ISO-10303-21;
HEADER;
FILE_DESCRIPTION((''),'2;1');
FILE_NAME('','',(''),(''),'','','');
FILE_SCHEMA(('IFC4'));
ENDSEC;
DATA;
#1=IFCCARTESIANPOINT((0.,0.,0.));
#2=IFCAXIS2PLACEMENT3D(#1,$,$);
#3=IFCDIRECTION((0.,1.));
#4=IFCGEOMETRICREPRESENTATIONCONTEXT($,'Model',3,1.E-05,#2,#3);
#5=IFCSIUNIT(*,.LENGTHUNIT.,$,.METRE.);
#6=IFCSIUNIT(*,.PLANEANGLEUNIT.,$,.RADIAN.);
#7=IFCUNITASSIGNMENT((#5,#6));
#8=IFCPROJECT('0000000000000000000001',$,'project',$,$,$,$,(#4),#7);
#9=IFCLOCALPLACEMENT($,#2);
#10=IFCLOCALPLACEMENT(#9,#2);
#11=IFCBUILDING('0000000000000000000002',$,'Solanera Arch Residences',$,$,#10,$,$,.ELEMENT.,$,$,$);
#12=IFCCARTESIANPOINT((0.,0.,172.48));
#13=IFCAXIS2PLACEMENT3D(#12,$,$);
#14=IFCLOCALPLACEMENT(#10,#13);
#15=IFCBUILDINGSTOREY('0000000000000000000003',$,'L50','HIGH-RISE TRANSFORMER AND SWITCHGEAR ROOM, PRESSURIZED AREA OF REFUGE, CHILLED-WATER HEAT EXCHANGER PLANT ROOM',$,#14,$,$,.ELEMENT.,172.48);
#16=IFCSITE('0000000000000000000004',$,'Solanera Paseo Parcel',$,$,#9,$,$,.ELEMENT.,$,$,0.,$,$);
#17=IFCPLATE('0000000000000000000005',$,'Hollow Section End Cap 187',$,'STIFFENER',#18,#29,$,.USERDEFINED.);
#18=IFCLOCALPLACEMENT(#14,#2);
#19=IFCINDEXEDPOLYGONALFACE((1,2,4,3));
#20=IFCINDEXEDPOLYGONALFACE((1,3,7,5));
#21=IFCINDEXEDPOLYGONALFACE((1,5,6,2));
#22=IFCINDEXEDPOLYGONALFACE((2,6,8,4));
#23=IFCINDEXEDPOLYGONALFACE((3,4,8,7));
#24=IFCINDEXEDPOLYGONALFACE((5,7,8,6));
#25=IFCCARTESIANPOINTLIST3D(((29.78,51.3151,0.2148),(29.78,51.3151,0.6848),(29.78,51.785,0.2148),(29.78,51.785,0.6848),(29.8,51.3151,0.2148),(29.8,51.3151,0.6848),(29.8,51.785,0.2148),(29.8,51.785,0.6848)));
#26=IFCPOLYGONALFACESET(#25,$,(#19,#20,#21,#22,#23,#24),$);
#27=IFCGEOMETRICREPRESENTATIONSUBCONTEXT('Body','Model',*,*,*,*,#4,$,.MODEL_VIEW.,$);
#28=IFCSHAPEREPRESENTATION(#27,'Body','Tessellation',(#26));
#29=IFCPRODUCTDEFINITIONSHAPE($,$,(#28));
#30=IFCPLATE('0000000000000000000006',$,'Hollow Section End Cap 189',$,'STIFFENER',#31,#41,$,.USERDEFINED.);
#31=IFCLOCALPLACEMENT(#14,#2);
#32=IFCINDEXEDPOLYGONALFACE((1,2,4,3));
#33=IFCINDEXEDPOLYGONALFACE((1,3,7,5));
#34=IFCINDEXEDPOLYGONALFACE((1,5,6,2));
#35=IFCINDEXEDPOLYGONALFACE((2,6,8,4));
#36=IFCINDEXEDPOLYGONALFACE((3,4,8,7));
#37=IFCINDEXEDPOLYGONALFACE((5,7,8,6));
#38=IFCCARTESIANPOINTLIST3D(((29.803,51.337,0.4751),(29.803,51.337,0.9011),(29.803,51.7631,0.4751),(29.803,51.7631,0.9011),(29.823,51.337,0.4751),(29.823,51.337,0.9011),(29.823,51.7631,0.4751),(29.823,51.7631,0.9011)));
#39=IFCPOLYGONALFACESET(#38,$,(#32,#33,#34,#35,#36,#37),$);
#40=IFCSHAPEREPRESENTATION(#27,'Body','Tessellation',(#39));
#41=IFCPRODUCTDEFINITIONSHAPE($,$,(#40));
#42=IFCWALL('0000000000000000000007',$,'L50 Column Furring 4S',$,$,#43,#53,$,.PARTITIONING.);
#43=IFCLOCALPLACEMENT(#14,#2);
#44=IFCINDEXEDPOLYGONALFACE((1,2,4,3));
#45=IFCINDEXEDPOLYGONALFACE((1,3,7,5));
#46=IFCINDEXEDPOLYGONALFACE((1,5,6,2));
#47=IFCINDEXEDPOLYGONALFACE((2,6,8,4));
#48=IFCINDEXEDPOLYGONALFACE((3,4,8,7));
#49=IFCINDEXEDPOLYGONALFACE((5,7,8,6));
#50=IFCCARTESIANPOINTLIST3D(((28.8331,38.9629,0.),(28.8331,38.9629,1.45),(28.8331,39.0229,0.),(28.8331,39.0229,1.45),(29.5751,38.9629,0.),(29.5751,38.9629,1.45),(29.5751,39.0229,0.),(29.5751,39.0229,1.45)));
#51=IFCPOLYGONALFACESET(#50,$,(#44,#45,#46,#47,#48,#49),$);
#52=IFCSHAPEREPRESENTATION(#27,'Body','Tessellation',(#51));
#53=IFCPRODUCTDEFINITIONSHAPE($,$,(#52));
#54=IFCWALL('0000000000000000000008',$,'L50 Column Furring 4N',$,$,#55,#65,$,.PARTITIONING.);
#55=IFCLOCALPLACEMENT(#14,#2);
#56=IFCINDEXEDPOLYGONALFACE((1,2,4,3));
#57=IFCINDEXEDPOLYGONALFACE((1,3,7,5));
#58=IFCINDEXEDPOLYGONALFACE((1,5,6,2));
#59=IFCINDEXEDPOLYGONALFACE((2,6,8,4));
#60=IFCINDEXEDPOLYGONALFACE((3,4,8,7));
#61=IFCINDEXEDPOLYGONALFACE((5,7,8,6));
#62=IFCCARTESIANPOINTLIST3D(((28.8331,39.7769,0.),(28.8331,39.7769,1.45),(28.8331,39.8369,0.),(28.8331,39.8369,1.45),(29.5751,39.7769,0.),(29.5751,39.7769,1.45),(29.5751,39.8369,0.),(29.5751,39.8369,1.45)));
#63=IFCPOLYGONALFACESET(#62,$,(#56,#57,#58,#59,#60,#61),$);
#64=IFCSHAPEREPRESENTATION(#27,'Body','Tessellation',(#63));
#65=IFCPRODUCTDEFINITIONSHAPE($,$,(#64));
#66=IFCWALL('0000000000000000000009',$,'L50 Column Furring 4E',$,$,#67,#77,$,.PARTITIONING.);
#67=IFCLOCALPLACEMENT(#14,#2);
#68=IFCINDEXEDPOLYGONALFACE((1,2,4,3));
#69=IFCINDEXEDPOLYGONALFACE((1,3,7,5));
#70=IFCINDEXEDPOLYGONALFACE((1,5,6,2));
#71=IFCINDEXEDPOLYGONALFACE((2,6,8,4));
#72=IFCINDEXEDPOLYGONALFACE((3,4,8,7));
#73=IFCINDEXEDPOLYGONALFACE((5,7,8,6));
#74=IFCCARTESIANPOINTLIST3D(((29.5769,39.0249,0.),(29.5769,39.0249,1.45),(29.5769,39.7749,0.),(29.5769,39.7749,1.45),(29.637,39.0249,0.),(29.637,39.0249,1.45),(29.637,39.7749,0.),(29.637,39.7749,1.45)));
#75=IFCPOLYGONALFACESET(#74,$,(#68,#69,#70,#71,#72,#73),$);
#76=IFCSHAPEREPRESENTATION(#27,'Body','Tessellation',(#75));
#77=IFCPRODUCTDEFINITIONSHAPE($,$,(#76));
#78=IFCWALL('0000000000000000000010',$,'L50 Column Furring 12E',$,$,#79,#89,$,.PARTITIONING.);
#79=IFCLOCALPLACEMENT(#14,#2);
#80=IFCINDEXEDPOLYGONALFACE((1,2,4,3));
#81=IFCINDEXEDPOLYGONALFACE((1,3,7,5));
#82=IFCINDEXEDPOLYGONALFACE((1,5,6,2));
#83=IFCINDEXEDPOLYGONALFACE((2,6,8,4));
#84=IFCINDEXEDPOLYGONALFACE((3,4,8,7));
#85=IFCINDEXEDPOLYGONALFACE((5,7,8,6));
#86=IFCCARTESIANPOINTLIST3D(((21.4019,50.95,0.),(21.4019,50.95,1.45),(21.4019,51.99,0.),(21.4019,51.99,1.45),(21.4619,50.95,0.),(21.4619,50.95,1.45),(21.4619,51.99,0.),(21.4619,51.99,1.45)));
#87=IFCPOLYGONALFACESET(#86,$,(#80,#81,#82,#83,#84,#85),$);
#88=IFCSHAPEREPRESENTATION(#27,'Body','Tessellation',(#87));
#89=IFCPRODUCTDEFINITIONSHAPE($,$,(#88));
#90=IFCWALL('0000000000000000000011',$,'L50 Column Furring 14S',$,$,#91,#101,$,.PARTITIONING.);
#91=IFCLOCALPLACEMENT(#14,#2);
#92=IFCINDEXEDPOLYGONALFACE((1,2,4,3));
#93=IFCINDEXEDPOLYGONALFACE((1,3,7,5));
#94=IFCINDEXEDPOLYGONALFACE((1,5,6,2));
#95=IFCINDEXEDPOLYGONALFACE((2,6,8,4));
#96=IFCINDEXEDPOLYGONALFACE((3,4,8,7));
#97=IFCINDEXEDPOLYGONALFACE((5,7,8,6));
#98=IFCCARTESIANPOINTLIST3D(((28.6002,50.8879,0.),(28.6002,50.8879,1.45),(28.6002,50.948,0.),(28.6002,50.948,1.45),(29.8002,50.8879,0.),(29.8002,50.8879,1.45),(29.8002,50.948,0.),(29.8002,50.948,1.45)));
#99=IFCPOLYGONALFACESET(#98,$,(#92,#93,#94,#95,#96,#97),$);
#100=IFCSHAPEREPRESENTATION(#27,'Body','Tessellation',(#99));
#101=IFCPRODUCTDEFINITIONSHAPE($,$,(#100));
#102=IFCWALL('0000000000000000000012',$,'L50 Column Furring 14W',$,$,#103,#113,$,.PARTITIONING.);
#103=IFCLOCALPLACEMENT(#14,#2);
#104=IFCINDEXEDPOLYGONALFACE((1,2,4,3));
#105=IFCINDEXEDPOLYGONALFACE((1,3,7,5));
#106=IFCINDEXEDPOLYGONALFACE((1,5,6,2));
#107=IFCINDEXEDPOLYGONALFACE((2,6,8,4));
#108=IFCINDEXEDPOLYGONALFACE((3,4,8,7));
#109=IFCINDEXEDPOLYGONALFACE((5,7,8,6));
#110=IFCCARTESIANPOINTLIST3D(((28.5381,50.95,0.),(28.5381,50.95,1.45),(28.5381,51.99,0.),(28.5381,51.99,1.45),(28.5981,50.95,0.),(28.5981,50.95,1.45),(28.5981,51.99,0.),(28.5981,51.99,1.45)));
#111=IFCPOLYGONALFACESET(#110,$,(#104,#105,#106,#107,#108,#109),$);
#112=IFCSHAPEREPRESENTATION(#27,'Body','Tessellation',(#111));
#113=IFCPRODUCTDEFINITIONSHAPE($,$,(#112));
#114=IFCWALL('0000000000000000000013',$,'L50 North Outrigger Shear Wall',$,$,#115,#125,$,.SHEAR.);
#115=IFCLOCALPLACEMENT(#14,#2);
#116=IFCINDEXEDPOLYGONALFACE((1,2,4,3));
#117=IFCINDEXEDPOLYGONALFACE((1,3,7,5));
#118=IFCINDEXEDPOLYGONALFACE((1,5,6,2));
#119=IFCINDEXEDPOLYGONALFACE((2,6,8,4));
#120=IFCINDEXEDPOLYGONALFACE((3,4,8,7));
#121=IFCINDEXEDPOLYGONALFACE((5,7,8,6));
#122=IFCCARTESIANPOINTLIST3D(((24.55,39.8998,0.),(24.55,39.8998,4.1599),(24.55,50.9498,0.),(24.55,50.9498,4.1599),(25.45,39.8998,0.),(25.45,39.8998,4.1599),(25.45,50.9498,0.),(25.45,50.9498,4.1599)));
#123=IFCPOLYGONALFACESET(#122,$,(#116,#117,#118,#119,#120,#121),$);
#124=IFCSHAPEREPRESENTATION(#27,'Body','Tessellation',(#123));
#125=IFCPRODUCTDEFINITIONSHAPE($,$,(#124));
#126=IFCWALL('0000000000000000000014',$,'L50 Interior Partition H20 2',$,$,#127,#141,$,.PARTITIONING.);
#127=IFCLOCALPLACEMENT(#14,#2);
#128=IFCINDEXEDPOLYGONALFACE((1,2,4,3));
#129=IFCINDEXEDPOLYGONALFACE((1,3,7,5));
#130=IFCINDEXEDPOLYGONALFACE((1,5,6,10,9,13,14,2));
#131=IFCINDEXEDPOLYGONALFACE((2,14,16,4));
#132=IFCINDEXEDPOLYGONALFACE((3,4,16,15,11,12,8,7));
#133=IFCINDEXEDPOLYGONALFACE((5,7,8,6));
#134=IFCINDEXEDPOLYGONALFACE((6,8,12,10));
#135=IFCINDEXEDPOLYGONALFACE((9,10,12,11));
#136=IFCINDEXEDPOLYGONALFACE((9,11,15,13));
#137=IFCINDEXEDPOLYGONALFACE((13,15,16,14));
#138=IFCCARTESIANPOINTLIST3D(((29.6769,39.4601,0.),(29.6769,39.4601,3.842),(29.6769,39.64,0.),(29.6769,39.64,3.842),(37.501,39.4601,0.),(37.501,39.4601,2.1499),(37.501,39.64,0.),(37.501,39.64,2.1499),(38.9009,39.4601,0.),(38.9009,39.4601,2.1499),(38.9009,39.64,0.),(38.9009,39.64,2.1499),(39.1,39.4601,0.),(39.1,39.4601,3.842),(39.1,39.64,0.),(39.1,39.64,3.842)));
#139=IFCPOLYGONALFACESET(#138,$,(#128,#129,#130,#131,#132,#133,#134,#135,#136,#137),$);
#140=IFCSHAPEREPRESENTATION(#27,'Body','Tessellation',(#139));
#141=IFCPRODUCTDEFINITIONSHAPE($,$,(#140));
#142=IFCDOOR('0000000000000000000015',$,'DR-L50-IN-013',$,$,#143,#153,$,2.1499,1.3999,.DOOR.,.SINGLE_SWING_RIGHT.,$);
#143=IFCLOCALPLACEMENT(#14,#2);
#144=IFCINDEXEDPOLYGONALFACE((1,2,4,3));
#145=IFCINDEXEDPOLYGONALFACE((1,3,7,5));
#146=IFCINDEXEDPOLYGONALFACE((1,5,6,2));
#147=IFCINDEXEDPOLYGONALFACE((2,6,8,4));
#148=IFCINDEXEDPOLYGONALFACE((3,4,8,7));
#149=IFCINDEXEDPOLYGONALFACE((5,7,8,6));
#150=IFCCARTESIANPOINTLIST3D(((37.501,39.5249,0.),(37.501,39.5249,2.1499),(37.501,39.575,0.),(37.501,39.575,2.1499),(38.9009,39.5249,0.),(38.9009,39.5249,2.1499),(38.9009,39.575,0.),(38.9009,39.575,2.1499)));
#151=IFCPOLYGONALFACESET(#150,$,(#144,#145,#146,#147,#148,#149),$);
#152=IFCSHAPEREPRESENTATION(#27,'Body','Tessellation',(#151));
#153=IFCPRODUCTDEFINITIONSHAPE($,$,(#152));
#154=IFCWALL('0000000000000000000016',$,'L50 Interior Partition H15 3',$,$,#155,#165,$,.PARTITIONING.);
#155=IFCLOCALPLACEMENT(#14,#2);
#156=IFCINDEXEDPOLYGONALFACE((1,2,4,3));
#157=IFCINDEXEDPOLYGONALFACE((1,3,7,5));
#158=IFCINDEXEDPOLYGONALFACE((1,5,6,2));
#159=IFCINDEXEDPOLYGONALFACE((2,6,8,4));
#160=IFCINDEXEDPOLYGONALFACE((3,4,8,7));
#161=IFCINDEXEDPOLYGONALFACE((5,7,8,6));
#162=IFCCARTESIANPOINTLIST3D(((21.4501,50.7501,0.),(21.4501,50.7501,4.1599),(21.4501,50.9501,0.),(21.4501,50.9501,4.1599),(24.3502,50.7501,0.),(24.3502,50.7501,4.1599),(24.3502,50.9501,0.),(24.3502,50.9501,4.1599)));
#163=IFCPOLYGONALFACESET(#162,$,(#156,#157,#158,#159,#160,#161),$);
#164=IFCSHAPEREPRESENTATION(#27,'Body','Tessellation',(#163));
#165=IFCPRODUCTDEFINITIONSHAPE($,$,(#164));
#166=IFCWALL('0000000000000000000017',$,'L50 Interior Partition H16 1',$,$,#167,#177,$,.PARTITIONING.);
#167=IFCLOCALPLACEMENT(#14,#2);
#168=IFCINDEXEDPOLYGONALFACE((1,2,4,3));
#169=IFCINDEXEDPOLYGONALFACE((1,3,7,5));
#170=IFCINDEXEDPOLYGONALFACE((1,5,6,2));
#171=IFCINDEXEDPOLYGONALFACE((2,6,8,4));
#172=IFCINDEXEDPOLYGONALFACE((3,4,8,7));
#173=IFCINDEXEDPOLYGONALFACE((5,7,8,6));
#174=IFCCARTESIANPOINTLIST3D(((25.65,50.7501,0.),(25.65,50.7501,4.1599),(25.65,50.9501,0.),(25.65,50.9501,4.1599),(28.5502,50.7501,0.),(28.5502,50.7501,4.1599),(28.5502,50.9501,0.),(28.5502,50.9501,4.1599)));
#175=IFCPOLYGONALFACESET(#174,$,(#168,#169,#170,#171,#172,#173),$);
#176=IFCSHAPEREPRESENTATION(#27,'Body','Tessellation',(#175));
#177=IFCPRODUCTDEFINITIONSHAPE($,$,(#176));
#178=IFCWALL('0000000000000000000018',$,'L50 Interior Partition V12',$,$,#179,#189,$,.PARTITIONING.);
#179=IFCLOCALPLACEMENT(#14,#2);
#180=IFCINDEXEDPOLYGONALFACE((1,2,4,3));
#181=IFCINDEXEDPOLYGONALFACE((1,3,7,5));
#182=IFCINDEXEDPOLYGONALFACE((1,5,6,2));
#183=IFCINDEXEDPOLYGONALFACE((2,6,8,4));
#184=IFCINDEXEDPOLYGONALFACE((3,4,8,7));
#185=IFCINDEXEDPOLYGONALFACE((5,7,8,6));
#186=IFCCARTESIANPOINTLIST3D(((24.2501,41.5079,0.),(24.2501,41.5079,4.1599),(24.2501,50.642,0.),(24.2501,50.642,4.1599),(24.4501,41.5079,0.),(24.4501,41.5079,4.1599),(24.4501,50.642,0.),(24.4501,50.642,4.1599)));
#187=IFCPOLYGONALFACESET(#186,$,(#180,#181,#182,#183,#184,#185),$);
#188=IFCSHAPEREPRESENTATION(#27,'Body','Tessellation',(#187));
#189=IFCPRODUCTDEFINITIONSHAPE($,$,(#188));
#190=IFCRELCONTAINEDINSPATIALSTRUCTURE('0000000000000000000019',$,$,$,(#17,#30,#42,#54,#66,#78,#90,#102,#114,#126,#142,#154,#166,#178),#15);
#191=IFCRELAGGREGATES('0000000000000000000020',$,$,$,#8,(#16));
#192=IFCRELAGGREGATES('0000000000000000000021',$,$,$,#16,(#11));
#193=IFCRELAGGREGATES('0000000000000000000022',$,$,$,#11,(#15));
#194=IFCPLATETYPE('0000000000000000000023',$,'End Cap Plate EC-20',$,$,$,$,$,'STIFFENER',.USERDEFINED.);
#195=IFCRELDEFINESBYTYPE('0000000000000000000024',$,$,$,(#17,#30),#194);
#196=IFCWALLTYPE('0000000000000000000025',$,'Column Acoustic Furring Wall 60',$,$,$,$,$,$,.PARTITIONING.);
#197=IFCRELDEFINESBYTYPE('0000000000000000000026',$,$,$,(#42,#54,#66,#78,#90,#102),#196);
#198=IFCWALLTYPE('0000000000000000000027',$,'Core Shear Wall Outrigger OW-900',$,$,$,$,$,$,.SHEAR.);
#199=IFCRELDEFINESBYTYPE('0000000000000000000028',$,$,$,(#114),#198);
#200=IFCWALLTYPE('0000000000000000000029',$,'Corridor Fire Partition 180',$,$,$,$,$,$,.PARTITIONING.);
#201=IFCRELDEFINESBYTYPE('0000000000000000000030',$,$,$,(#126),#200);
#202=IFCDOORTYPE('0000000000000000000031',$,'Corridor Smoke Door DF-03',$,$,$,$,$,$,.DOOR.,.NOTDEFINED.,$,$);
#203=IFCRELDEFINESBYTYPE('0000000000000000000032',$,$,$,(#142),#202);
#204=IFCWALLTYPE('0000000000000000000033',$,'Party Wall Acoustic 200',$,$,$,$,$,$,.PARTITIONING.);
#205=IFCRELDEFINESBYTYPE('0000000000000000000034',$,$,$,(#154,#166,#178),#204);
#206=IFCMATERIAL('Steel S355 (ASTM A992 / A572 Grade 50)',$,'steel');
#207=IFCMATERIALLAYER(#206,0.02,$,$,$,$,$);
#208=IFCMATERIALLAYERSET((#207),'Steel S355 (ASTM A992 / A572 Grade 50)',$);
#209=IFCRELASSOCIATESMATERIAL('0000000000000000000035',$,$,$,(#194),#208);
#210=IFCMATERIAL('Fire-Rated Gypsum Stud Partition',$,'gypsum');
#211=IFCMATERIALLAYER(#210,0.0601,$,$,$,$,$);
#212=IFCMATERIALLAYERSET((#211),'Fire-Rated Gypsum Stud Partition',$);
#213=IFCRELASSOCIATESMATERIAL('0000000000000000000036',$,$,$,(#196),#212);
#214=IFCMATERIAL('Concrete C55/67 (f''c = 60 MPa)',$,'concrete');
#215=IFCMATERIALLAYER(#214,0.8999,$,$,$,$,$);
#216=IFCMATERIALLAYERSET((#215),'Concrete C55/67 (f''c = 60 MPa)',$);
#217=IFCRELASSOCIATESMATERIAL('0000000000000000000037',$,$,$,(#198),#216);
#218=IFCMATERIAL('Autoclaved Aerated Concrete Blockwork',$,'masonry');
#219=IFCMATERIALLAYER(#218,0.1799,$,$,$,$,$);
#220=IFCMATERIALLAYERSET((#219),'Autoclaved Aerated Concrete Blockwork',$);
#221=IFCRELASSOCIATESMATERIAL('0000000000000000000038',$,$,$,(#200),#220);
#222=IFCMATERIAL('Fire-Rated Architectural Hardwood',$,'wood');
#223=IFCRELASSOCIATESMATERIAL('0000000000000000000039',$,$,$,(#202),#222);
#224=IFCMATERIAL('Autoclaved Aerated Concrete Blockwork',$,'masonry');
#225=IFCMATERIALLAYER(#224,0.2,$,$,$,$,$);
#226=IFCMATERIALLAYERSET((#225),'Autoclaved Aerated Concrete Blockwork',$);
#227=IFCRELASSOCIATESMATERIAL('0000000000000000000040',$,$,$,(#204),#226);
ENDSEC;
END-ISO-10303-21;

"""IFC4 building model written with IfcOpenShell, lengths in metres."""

from ifc_helpers import new_model, si_unit, direction, frame, frame_2d, origin, origin_2d, place, context, subcontext, project, spatial, rectangle, extrude, material, layer, layer_set, type_object, element, fill, save


model = new_model("IFC4")

# Units and contexts
model_context = context("Model", 3, precision=1e-05, world=origin(), true_north=direction((0.0, 1.0)))
body_context = subcontext(model_context, "Body", "Model", "MODEL_VIEW")
ifc_project = project(units=[si_unit("LENGTHUNIT", "METRE"), si_unit("PLANEANGLEUNIT", "RADIAN")], contexts=[model_context])

# Site, building, storey
site_placement = place(None, origin())
site = spatial("IfcSite", under=ifc_project, at=site_placement, Name="Solanera Paseo Parcel", CompositionType="ELEMENT", RefElevation=0.0)
building_placement = place(site_placement, origin())
building = spatial("IfcBuilding", under=site, at=building_placement, Name="Solanera Arch Residences", CompositionType="ELEMENT")
storey_placement = place(building_placement, frame((0.0, 0.0, 172.48)))
storey = spatial("IfcBuildingStorey", under=building, at=storey_placement, Name="L50", Description="HIGH-RISE TRANSFORMER AND SWITCHGEAR ROOM, PRESSURIZED AREA OF REFUGE, CHILLED-WATER HEAT EXCHANGER PLANT ROOM", CompositionType="ELEMENT", Elevation=172.48)

# Plates
ifc_material_1 = material(Name="Steel S355 (ASTM A992 / A572 Grade 50)", Category="steel")
ifc_layer_1 = layer(ifc_material_1, 0.02)
ifc_layer_set_1 = layer_set([ifc_layer_1], Name="Steel S355 (ASTM A992 / A572 Grade 50)")
plate_type = type_object("IfcPlateType", Name="End Cap Plate EC-20", ElementType="STIFFENER", PredefinedType="USERDEFINED", material=ifc_layer_set_1)
plate_1_placement = place(storey_placement, frame((29.79, 51.55, 0.2148), z_axis=(0.0, 0.0, 1.0), x_axis=(-1.0, 0.0, 0.0)))
element("IfcPlate", 1, at=plate_1_placement, inside=storey, type_object=plate_type, Name="Hollow Section End Cap 187", ObjectType="STIFFENER", PredefinedType="USERDEFINED", context=body_context, shape_type="SweptSolid", body=[
    extrude(rectangle(XDim=0.02, YDim=0.47, at=origin_2d()), origin(), (0.0, 0.0, 1.0), 0.47),
])
plate_2_placement = place(storey_placement, frame((29.813, 51.55, 0.4751), z_axis=(0.0, 0.0, 1.0), x_axis=(-1.0, 0.0, 0.0)))
element("IfcPlate", 2, at=plate_2_placement, inside=storey, type_object=plate_type, Name="Hollow Section End Cap 189", ObjectType="STIFFENER", PredefinedType="USERDEFINED", context=body_context, shape_type="SweptSolid", body=[
    extrude(rectangle(XDim=0.02, YDim=0.426, at=origin_2d()), origin(), (0.0, 0.0, 1.0), 0.426),
])

# Walls
ifc_material_2 = material(Name="Fire-Rated Gypsum Stud Partition", Category="gypsum")
ifc_layer_2 = layer(ifc_material_2, 0.0601)
ifc_layer_set_2 = layer_set([ifc_layer_2], Name="Fire-Rated Gypsum Stud Partition")
wall_type_1 = type_object("IfcWallType", Name="Column Acoustic Furring Wall 60", PredefinedType="PARTITIONING", material=ifc_layer_set_2)
for number, where, z_axis, x_axis, name in (
    (3, (28.833, 38.9929, 0.0), (0.0, 0.0, 1.0), (1.0, 0.0, 0.0), "L50 Column Furring 4S"),
    (4, (28.833, 39.8069, 0.0), (0.0, 0.0, 1.0), (1.0, 0.0, 0.0), "L50 Column Furring 4N"),
):
    element("IfcWall", number, at=place(storey_placement, frame(where, z_axis=z_axis, x_axis=x_axis)), inside=storey, type_object=wall_type_1, Name=name, PredefinedType="PARTITIONING", context=body_context, shape_type="SweptSolid", body=[
        extrude(rectangle(XDim=0.7419, YDim=0.0601, at=frame_2d((0.3711, 0.0))), origin(), (0.0, 0.0, 1.0), 1.45),
    ])
wall_1_placement = place(storey_placement, frame((29.6069, 39.0249, 0.0), z_axis=(0.0, 0.0, 1.0), x_axis=(0.0, 1.0, 0.0)))
element("IfcWall", 5, at=wall_1_placement, inside=storey, type_object=wall_type_1, Name="L50 Column Furring 4E", PredefinedType="PARTITIONING", context=body_context, shape_type="SweptSolid", body=[
    extrude(rectangle(XDim=0.75, YDim=0.0601, at=frame_2d((0.375, 0.0))), origin(), (0.0, 0.0, 1.0), 1.45),
])
wall_2_placement = place(storey_placement, frame((21.4319, 50.95, 0.0), z_axis=(0.0, 0.0, 1.0), x_axis=(0.0, 1.0, 0.0)))
element("IfcWall", 6, at=wall_2_placement, inside=storey, type_object=wall_type_1, Name="L50 Column Furring 12E", PredefinedType="PARTITIONING", context=body_context, shape_type="SweptSolid", body=[
    extrude(rectangle(XDim=1.04, YDim=0.0601, at=frame_2d((0.52, 0.0))), origin(), (0.0, 0.0, 1.0), 1.45),
])
wall_3_placement = place(storey_placement, frame((28.6001, 50.918, 0.0), z_axis=(0.0, 0.0, 1.0), x_axis=(1.0, 0.0, 0.0)))
element("IfcWall", 7, at=wall_3_placement, inside=storey, type_object=wall_type_1, Name="L50 Column Furring 14S", PredefinedType="PARTITIONING", context=body_context, shape_type="SweptSolid", body=[
    extrude(rectangle(XDim=1.2, YDim=0.0601, at=frame_2d((0.6001, 0.0))), origin(), (0.0, 0.0, 1.0), 1.45),
])
wall_4_placement = place(storey_placement, frame((28.5681, 50.95, 0.0), z_axis=(0.0, 0.0, 1.0), x_axis=(0.0, 1.0, 0.0)))
element("IfcWall", 8, at=wall_4_placement, inside=storey, type_object=wall_type_1, Name="L50 Column Furring 14W", PredefinedType="PARTITIONING", context=body_context, shape_type="SweptSolid", body=[
    extrude(rectangle(XDim=1.04, YDim=0.0601, at=frame_2d((0.52, 0.0))), origin(), (0.0, 0.0, 1.0), 1.45),
])
ifc_material_3 = material(Name="Concrete C55/67 (f'c = 60 MPa)", Category="concrete")
ifc_layer_3 = layer(ifc_material_3, 0.8999)
ifc_layer_set_3 = layer_set([ifc_layer_3], Name="Concrete C55/67 (f'c = 60 MPa)")
wall_type_2 = type_object("IfcWallType", Name="Core Shear Wall Outrigger OW-900", PredefinedType="SHEAR", material=ifc_layer_set_3)
wall_5_placement = place(storey_placement, frame((25.0, 39.8999, 0.0), z_axis=(0.0, 0.0, 1.0), x_axis=(0.0, 1.0, 0.0)))
element("IfcWall", 9, at=wall_5_placement, inside=storey, type_object=wall_type_2, Name="L50 North Outrigger Shear Wall", PredefinedType="SHEAR", context=body_context, shape_type="SweptSolid", body=[
    extrude(rectangle(XDim=11.05, YDim=0.8999, at=frame_2d((5.5249, 0.0))), origin(), (0.0, 0.0, 1.0), 4.1599),
])

# Wall, opening, door
ifc_material_4 = material(Name="Autoclaved Aerated Concrete Blockwork", Category="masonry")
ifc_layer_4 = layer(ifc_material_4, 0.1799)
ifc_layer_set_4 = layer_set([ifc_layer_4], Name="Autoclaved Aerated Concrete Blockwork")
wall_type_3 = type_object("IfcWallType", Name="Corridor Fire Partition 180", PredefinedType="PARTITIONING", material=ifc_layer_set_4)
wall_6_placement = place(storey_placement, frame((29.677, 39.55, 0.0), z_axis=(0.0, 0.0, 1.0), x_axis=(1.0, 0.0, 0.0)))
wall_6 = element("IfcWall", 10, at=wall_6_placement, inside=storey, type_object=wall_type_3, Name="L50 Interior Partition H20 2", PredefinedType="PARTITIONING", context=body_context, shape_type="SweptSolid", body=[
    extrude(rectangle(XDim=9.4231, YDim=0.1799, at=frame_2d((4.7114, 0.0))), origin(), (0.0, 0.0, 1.0), 3.842),
])
opening_placement = place(wall_6_placement, frame((7.824, 0.0, 0.0)))
opening = element("IfcOpeningElement", 11, at=opening_placement, cuts=wall_6, PredefinedType="OPENING", context=body_context, shape_type="SweptSolid", body=[
    extrude(rectangle(XDim=1.3999, YDim=2.1499, at=frame_2d((0.7, 1.075))), frame((0.0, 0.1001, 0.0), z_axis=(0.0, -1.0, 0.0), x_axis=(1.0, 0.0, 0.0)), (0.0, 0.0, 1.0), 0.1999),
])
ifc_material_5 = material(Name="Fire-Rated Architectural Hardwood", Category="wood")
door_type = type_object("IfcDoorType", Name="Corridor Smoke Door DF-03", OperationType="NOTDEFINED", PredefinedType="DOOR", material=ifc_material_5)
door_placement = place(opening_placement, origin())
door = element("IfcDoor", 12, at=door_placement, inside=storey, type_object=door_type, Name="DR-L50-IN-013", OperationType="SINGLE_SWING_RIGHT", OverallHeight=2.1499, OverallWidth=1.3999, PredefinedType="DOOR", context=body_context, shape_type="SweptSolid", body=[
    extrude(rectangle(XDim=1.3999, YDim=2.1499, at=frame_2d((0.7, 1.075))), frame((0.0, 0.0249, 0.0), z_axis=(0.0, -1.0, 0.0), x_axis=(1.0, 0.0, 0.0)), (0.0, 0.0, 1.0), 0.05),
])
fill(opening, door)

# Walls
ifc_material_6 = material(Name="Autoclaved Aerated Concrete Blockwork", Category="masonry")
ifc_layer_5 = layer(ifc_material_6, 0.2)
ifc_layer_set_5 = layer_set([ifc_layer_5], Name="Autoclaved Aerated Concrete Blockwork")
wall_type_4 = type_object("IfcWallType", Name="Party Wall Acoustic 200", PredefinedType="PARTITIONING", material=ifc_layer_set_5)
for number, where, z_axis, x_axis, name in (
    (13, (21.45, 50.8501, 0.0), (0.0, 0.0, 1.0), (1.0, 0.0, 0.0), "L50 Interior Partition H15 3"),
    (14, (25.6499, 50.8501, 0.0), (0.0, 0.0, 1.0), (1.0, 0.0, 0.0), "L50 Interior Partition H16 1"),
):
    element("IfcWall", number, at=place(storey_placement, frame(where, z_axis=z_axis, x_axis=x_axis)), inside=storey, type_object=wall_type_4, Name=name, PredefinedType="PARTITIONING", context=body_context, shape_type="SweptSolid", body=[
        extrude(rectangle(XDim=2.9001, YDim=0.2, at=frame_2d((1.4502, 0.0))), origin(), (0.0, 0.0, 1.0), 4.1599),
    ])
for number, where, z_axis, x_axis, name in (
    (15, (24.3501, 41.5081, 0.0), (0.0, 0.0, 1.0), (0.0, 1.0, 0.0), "L50 Interior Partition V12"),
):
    element("IfcWall", number, at=place(storey_placement, frame(where, z_axis=z_axis, x_axis=x_axis)), inside=storey, type_object=wall_type_4, Name=name, PredefinedType="PARTITIONING", context=body_context, shape_type="SweptSolid", body=[
        extrude(rectangle(XDim=9.134, YDim=0.2, at=frame_2d((4.5669, 0.0))), origin(), (0.0, 0.0, 1.0), 4.1599),
    ])

save(model, "model.ifc")
